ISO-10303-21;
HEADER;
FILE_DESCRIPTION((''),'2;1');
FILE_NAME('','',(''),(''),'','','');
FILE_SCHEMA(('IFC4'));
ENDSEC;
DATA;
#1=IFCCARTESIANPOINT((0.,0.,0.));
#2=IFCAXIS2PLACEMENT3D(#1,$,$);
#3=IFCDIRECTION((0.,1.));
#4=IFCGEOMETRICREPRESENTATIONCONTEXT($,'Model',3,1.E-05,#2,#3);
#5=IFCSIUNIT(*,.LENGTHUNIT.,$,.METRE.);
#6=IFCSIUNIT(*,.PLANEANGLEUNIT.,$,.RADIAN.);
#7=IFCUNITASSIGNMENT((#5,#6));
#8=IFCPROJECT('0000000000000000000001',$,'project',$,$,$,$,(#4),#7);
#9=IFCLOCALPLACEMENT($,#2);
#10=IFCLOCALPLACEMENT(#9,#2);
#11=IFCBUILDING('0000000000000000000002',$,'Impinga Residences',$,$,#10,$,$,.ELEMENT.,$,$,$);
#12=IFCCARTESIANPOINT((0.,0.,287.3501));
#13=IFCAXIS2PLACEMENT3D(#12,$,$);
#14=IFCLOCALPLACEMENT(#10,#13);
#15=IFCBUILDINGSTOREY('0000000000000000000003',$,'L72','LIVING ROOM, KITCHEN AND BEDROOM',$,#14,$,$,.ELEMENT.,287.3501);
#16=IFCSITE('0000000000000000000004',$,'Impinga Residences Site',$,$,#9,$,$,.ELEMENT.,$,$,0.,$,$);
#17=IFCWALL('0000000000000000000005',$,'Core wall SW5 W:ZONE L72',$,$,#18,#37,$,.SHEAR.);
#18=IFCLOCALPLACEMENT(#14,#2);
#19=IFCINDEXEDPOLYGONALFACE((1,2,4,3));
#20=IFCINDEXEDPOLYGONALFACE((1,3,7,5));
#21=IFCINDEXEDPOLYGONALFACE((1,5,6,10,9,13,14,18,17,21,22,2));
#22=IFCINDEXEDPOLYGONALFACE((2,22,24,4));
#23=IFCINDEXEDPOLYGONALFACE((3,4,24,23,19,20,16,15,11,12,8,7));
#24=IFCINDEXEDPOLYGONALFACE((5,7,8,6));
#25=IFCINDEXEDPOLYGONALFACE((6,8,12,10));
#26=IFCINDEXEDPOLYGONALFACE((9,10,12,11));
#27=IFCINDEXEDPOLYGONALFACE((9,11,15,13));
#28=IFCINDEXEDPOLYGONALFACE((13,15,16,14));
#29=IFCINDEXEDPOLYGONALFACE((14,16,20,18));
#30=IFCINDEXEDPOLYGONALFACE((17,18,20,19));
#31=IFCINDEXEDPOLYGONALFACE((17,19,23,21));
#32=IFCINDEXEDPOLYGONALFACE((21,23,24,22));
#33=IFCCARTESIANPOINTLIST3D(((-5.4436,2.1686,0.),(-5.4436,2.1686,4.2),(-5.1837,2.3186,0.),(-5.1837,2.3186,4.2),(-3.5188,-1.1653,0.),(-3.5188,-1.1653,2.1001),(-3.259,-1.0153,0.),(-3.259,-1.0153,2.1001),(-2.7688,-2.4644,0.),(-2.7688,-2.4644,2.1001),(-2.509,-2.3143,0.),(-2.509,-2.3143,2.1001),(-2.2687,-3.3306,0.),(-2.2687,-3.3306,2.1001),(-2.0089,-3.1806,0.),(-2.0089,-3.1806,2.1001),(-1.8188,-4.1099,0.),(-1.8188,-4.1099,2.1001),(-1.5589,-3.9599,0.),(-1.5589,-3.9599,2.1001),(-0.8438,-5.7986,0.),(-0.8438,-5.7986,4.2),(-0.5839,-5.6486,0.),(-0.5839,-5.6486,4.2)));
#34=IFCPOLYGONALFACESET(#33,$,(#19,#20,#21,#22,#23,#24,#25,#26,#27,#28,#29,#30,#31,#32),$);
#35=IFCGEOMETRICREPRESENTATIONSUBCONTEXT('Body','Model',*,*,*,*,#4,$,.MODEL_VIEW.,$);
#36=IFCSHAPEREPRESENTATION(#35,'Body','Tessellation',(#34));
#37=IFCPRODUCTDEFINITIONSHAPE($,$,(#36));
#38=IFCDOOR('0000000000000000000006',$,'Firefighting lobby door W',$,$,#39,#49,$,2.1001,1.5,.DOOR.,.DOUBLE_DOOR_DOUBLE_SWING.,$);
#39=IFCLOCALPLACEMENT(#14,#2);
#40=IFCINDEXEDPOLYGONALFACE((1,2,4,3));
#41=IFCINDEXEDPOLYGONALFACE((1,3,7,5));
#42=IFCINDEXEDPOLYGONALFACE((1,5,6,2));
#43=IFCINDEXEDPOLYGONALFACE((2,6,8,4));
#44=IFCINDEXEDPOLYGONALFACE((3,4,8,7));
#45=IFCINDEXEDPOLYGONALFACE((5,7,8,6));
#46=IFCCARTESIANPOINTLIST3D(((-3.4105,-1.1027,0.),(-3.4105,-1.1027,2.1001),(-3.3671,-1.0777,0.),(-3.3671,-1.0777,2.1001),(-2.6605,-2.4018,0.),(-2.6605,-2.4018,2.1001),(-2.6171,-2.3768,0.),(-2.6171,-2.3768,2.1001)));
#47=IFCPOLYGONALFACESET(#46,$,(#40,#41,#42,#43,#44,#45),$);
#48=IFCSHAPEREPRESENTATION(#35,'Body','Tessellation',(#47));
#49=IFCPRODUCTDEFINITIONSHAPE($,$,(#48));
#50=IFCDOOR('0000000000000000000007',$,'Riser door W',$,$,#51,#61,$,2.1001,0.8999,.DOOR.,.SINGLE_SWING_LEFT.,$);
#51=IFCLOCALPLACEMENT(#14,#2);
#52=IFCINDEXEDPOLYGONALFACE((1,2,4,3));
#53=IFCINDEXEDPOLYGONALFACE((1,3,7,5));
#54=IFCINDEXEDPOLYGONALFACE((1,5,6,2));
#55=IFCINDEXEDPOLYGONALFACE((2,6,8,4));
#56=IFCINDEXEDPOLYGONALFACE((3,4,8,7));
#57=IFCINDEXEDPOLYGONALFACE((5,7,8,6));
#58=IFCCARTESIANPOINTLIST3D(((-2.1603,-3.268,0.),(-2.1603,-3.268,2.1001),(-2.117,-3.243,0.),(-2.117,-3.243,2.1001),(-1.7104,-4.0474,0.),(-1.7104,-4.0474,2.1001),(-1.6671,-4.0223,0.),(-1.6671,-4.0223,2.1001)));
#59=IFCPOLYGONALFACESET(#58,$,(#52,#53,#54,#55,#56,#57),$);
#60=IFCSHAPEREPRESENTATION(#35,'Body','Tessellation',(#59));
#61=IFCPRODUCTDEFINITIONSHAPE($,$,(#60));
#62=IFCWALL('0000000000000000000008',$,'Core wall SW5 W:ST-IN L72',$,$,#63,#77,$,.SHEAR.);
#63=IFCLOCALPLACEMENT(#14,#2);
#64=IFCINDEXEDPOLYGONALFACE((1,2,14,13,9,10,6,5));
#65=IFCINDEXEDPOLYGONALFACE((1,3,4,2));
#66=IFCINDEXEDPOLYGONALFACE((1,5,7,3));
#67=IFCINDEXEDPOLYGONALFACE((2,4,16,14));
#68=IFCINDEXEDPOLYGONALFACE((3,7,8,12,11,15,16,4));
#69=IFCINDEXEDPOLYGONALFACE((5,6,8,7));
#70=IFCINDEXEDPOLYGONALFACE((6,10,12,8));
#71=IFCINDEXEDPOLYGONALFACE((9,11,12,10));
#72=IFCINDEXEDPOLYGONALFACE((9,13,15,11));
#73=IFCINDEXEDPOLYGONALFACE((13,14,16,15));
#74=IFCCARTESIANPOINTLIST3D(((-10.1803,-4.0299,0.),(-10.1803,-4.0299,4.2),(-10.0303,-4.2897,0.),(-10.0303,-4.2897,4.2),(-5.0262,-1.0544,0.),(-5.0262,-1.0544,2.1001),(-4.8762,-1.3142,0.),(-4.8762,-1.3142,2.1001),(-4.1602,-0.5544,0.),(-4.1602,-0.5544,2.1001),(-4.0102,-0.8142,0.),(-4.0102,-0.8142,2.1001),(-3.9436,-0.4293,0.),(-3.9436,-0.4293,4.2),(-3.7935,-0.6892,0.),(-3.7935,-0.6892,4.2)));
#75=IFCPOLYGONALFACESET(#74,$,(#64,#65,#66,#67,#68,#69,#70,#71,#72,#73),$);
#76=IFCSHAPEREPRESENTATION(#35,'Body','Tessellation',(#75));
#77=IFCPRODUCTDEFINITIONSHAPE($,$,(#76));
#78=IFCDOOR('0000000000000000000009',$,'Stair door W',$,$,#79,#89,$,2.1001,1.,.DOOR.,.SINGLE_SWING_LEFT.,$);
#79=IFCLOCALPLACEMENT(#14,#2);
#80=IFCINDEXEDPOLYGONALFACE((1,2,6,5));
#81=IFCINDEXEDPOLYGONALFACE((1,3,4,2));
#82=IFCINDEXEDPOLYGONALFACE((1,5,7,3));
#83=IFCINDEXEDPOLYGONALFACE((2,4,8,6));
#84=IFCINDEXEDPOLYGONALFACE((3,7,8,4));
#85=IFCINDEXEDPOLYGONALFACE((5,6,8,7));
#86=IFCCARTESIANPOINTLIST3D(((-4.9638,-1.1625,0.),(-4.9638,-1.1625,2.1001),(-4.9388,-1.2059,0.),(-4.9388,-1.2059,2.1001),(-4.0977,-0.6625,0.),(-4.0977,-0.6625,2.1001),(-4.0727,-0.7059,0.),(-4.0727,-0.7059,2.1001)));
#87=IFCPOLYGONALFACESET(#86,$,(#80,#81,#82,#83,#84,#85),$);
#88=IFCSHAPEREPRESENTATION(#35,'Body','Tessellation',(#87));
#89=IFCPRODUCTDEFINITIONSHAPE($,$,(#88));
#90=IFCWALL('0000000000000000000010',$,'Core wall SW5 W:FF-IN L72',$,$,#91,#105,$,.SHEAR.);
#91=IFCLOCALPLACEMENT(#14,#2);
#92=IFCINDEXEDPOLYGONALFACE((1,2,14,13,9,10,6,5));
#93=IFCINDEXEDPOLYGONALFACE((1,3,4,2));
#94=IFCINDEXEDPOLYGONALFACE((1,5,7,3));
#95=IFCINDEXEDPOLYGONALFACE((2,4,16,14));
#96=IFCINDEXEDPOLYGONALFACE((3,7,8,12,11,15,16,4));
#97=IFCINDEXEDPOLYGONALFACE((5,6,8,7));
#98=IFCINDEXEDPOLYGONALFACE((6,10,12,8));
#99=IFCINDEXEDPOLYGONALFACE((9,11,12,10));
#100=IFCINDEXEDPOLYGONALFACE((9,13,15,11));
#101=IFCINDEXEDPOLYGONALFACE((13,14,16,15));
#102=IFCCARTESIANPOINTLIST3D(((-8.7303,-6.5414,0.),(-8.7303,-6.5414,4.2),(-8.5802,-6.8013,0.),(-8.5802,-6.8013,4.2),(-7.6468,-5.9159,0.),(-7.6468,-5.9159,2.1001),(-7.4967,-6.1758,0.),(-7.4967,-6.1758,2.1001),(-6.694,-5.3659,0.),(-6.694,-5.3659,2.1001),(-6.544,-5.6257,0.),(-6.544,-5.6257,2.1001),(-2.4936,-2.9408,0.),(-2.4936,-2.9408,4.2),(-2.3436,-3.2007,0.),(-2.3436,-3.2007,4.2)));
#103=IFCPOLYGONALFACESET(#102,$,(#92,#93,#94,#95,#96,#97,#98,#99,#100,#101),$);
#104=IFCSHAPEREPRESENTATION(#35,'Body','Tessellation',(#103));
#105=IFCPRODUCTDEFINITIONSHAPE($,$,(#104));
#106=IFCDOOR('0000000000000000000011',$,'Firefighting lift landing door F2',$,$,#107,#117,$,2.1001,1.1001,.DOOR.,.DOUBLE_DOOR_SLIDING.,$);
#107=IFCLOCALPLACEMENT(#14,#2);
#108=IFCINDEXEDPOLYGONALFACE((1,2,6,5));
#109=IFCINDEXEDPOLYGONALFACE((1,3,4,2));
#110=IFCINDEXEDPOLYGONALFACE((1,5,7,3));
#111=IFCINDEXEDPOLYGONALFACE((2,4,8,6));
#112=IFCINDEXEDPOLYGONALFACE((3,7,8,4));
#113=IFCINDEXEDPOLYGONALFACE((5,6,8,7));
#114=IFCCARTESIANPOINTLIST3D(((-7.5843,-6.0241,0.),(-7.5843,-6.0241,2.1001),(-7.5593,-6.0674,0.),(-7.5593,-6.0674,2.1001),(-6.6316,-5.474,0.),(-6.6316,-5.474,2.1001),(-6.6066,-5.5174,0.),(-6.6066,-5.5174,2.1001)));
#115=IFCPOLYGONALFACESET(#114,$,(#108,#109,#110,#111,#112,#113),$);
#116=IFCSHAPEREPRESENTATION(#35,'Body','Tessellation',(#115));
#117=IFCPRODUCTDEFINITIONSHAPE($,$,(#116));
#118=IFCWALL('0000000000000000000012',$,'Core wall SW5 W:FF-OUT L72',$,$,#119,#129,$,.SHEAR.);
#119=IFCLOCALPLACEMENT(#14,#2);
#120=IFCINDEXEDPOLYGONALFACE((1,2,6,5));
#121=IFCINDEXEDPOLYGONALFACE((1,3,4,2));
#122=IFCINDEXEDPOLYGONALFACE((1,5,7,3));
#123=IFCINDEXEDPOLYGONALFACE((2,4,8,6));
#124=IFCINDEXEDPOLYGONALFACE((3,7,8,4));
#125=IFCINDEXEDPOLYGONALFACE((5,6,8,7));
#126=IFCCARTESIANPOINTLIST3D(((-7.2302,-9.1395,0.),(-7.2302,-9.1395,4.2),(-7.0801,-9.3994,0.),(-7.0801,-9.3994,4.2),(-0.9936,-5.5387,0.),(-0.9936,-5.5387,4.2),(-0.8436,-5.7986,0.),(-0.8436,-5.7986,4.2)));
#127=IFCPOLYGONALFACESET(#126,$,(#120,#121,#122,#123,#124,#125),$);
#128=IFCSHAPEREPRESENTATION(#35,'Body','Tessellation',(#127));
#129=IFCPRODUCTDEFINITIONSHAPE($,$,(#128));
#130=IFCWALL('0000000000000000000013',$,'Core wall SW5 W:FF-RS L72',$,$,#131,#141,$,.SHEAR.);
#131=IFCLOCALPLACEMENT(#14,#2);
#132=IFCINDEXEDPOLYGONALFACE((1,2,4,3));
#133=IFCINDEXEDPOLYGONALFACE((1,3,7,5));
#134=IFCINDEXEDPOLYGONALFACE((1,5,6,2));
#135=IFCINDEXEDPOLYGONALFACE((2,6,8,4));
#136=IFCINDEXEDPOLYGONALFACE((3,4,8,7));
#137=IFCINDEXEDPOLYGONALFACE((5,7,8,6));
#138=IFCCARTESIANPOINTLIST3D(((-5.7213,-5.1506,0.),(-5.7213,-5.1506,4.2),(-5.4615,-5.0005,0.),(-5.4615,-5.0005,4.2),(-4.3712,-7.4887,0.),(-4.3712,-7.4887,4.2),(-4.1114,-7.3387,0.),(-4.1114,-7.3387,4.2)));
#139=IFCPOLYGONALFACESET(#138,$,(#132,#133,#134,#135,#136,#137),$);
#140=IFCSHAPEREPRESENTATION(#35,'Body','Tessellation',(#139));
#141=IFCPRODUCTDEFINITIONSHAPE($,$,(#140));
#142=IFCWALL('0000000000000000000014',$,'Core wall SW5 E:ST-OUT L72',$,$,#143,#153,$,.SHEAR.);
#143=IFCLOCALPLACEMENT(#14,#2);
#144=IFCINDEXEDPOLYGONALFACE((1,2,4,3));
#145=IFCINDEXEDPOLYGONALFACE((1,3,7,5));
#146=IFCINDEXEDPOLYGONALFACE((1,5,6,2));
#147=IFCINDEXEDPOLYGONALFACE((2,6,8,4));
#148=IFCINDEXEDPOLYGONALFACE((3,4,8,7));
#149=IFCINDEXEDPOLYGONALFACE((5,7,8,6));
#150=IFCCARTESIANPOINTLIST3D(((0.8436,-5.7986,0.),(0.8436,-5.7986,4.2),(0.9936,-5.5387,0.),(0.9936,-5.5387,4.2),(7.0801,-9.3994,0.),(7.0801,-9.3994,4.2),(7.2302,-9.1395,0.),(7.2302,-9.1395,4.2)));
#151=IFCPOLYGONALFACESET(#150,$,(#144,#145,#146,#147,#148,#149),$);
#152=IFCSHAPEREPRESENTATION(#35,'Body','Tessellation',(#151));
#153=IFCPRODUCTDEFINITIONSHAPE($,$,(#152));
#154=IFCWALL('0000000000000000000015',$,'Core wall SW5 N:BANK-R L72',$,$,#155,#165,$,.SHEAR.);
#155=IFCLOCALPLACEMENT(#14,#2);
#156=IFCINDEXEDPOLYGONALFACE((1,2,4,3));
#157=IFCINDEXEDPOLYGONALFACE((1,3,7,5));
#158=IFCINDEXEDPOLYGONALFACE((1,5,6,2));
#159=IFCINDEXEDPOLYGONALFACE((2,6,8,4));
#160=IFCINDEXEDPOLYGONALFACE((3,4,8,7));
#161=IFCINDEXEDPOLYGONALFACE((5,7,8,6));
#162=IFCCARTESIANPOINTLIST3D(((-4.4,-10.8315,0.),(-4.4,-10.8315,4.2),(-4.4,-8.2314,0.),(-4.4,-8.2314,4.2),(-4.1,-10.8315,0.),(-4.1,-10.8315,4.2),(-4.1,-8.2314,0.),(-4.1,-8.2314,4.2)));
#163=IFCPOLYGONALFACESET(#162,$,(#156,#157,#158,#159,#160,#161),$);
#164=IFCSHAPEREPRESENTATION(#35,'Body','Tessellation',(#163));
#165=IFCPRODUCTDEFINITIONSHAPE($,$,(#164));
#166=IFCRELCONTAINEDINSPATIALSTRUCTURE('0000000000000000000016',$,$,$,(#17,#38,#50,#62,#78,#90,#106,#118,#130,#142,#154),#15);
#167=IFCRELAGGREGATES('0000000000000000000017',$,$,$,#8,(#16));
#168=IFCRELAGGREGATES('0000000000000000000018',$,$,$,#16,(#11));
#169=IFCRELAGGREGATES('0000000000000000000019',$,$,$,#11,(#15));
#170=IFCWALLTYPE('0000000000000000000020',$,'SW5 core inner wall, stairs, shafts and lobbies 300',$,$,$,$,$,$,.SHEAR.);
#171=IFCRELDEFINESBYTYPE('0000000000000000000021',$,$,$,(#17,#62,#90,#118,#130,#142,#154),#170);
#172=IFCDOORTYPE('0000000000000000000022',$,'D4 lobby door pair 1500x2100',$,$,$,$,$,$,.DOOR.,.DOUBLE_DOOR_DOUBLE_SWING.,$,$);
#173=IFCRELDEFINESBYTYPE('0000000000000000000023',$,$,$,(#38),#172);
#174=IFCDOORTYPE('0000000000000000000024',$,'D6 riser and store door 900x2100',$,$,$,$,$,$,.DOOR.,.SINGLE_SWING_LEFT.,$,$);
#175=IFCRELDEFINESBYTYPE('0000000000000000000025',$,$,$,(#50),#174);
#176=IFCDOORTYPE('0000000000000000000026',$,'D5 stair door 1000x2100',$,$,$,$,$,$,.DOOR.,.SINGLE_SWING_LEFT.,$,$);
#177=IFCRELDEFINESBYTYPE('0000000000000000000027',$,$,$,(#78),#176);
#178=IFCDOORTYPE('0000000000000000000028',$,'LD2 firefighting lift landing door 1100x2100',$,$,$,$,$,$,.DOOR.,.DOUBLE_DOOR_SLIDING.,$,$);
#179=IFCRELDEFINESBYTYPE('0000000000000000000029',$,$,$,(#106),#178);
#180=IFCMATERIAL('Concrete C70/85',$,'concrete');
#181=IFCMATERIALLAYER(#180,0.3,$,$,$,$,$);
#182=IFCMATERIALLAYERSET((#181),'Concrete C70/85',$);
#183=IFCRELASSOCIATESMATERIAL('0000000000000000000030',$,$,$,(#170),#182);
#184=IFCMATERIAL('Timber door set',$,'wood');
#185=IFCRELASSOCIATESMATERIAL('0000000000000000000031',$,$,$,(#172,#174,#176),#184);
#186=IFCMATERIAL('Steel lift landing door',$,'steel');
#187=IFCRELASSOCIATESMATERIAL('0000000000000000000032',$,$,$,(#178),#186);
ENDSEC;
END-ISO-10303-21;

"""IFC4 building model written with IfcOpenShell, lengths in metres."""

from ifc_helpers import new_model, si_unit, direction, frame, frame_2d, origin, place, context, subcontext, project, spatial, rectangle, extrude, material, layer, layer_set, type_object, element, fill, save


model = new_model("IFC4")

# Units and contexts
model_context = context("Model", 3, precision=1e-05, world=origin(), true_north=direction((0.0, 1.0)))
body_context = subcontext(model_context, "Body", "Model", "MODEL_VIEW")
ifc_project = project(units=[si_unit("LENGTHUNIT", "METRE"), si_unit("PLANEANGLEUNIT", "RADIAN")], contexts=[model_context])

# Site, building, storey
site_placement = place(None, origin())
site = spatial("IfcSite", under=ifc_project, at=site_placement, Name="Impinga Residences Site", CompositionType="ELEMENT", RefElevation=0.0)
building_placement = place(site_placement, origin())
building = spatial("IfcBuilding", under=site, at=building_placement, Name="Impinga Residences", CompositionType="ELEMENT")
storey_placement = place(building_placement, frame((0.0, 0.0, 287.3501)))
storey = spatial("IfcBuildingStorey", under=building, at=storey_placement, Name="L72", Description="LIVING ROOM, KITCHEN AND BEDROOM", CompositionType="ELEMENT", Elevation=287.3501)

# Wall, openings, doors
ifc_material_1 = material(Name="Concrete C70/85", Category="concrete")
ifc_layer_1 = layer(ifc_material_1, 0.3)
ifc_layer_set_1 = layer_set([ifc_layer_1], Name="Concrete C70/85")
wall_type_1 = type_object("IfcWallType", Name="SW5 core inner wall, stairs, shafts and lobbies 300", PredefinedType="SHEAR", material=ifc_layer_set_1)
wall_1_placement = place(storey_placement, frame((-0.7139, -5.7236, 0.0), z_axis=(0.0, 0.0, 1.0), x_axis=(-0.499995, 0.866028, 0.0)))
wall_1 = element("IfcWall", 1, at=wall_1_placement, inside=storey, type_object=wall_type_1, Name="Core wall SW5 W:ZONE L72", PredefinedType="SHEAR", context=body_context, shape_type="SweptSolid", body=[
    extrude(rectangle(XDim=9.1997, YDim=0.3, at=frame_2d((4.5999, 0.0))), origin(), (0.0, 0.0, 1.0), 4.2),
])
opening_1_placement = place(wall_1_placement, frame((3.8501, 0.0, 0.0)))
opening_1 = element("IfcOpeningElement", 2, at=opening_1_placement, cuts=wall_1, PredefinedType="OPENING", context=body_context, shape_type="SweptSolid", body=[
    extrude(rectangle(XDim=1.5, YDim=2.1001, at=frame_2d((0.75, 1.05))), frame((0.0, 0.1599, 0.0), z_axis=(0.0, -1.0, 0.0), x_axis=(1.0, 0.0, 0.0)), (0.0, 0.0, 1.0), 0.3201),
])
opening_2_placement = place(wall_1_placement, frame((1.95, 0.0, 0.0)))
opening_2 = element("IfcOpeningElement", 3, at=opening_2_placement, cuts=wall_1, PredefinedType="OPENING", context=body_context, shape_type="SweptSolid", body=[
    extrude(rectangle(XDim=0.8999, YDim=2.1001, at=frame_2d((0.45, 1.05))), frame((0.0, 0.1599, 0.0), z_axis=(0.0, -1.0, 0.0), x_axis=(1.0, 0.0, 0.0)), (0.0, 0.0, 1.0), 0.3201),
])
ifc_material_2 = material(Name="Timber door set", Category="wood")
door_type_1 = type_object("IfcDoorType", Name="D4 lobby door pair 1500x2100", OperationType="DOUBLE_DOOR_DOUBLE_SWING", PredefinedType="DOOR", material=ifc_material_2)
door_1_placement = place(opening_1_placement, origin())
door_1 = element("IfcDoor", 4, at=door_1_placement, inside=storey, type_object=door_type_1, Name="Firefighting lobby door W", OperationType="DOUBLE_DOOR_DOUBLE_SWING", OverallHeight=2.1001, OverallWidth=1.5, PredefinedType="DOOR", context=body_context, shape_type="SweptSolid", body=[
    extrude(rectangle(XDim=1.5, YDim=2.1001, at=frame_2d((0.75, 1.05))), frame((0.0, 0.0249, 0.0), z_axis=(0.0, -1.0, 0.0), x_axis=(1.0, 0.0, 0.0)), (0.0, 0.0, 1.0), 0.05),
])
fill(opening_1, door_1)
door_type_2 = type_object("IfcDoorType", Name="D6 riser and store door 900x2100", OperationType="SINGLE_SWING_LEFT", PredefinedType="DOOR", material=ifc_material_2)
door_2_placement = place(opening_2_placement, origin())
door_2 = element("IfcDoor", 5, at=door_2_placement, inside=storey, type_object=door_type_2, Name="Riser door W", OperationType="SINGLE_SWING_LEFT", OverallHeight=2.1001, OverallWidth=0.8999, PredefinedType="DOOR", context=body_context, shape_type="SweptSolid", body=[
    extrude(rectangle(XDim=0.8999, YDim=2.1001, at=frame_2d((0.45, 1.05))), frame((0.0, 0.0249, 0.0), z_axis=(0.0, -1.0, 0.0), x_axis=(1.0, 0.0, 0.0)), (0.0, 0.0, 1.0), 0.05),
])
fill(opening_2, door_2)

# Walls, openings, doors
wall_2_placement = place(storey_placement, frame((-3.8687, -0.5593, 0.0), z_axis=(0.0, 0.0, 1.0), x_axis=(-0.86604, -0.499975, 0.0)))
wall_2 = element("IfcWall", 6, at=wall_2_placement, inside=storey, type_object=wall_type_1, Name="Core wall SW5 W:ST-IN L72", PredefinedType="SHEAR", context=body_context, shape_type="SweptSolid", body=[
    extrude(rectangle(XDim=7.2014, YDim=0.3, at=frame_2d((3.6006, 0.0))), origin(), (0.0, 0.0, 1.0), 4.2),
])
opening_3_placement = place(wall_2_placement, frame((0.25, 0.0, 0.0)))
opening_3 = element("IfcOpeningElement", 7, at=opening_3_placement, cuts=wall_2, PredefinedType="OPENING", context=body_context, shape_type="SweptSolid", body=[
    extrude(rectangle(XDim=1.0, YDim=2.1001, at=frame_2d((0.5, 1.05))), frame((0.0, 0.1599, 0.0), z_axis=(0.0, -1.0, 0.0), x_axis=(1.0, 0.0, 0.0)), (0.0, 0.0, 1.0), 0.3201),
])
door_type_3 = type_object("IfcDoorType", Name="D5 stair door 1000x2100", OperationType="SINGLE_SWING_LEFT", PredefinedType="DOOR", material=ifc_material_2)
door_3_placement = place(opening_3_placement, origin())
door_3 = element("IfcDoor", 8, at=door_3_placement, inside=storey, type_object=door_type_3, Name="Stair door W", OperationType="SINGLE_SWING_LEFT", OverallHeight=2.1001, OverallWidth=1.0, PredefinedType="DOOR", context=body_context, shape_type="SweptSolid", body=[
    extrude(rectangle(XDim=1.0, YDim=2.1001, at=frame_2d((0.5, 1.05))), frame((0.0, 0.0249, 0.0), z_axis=(0.0, -1.0, 0.0), x_axis=(1.0, 0.0, 0.0)), (0.0, 0.0, 1.0), 0.05),
])
fill(opening_3, door_3)
wall_3_placement = place(storey_placement, frame((-2.4187, -3.0708, 0.0), z_axis=(0.0, 0.0, 1.0), x_axis=(-0.866031, -0.49999, 0.0)))
wall_3 = element("IfcWall", 9, at=wall_3_placement, inside=storey, type_object=wall_type_1, Name="Core wall SW5 W:FF-IN L72", PredefinedType="SHEAR", context=body_context, shape_type="SweptSolid", body=[
    extrude(rectangle(XDim=7.2014, YDim=0.3, at=frame_2d((3.6006, 0.0))), origin(), (0.0, 0.0, 1.0), 4.2),
])
opening_4_placement = place(wall_3_placement, frame((4.8501, 0.0, 0.0)))
opening_4 = element("IfcOpeningElement", 10, at=opening_4_placement, cuts=wall_3, PredefinedType="OPENING", context=body_context, shape_type="SweptSolid", body=[
    extrude(rectangle(XDim=1.1001, YDim=2.1001, at=frame_2d((0.55, 1.05))), frame((0.0, 0.1599, 0.0), z_axis=(0.0, -1.0, 0.0), x_axis=(1.0, 0.0, 0.0)), (0.0, 0.0, 1.0), 0.3201),
])
ifc_material_3 = material(Name="Steel lift landing door", Category="steel")
door_type_4 = type_object("IfcDoorType", Name="LD2 firefighting lift landing door 1100x2100", OperationType="DOUBLE_DOOR_SLIDING", PredefinedType="DOOR", material=ifc_material_3)
door_4_placement = place(opening_4_placement, origin())
door_4 = element("IfcDoor", 11, at=door_4_placement, inside=storey, type_object=door_type_4, Name="Firefighting lift landing door F2", OperationType="DOUBLE_DOOR_SLIDING", OverallHeight=2.1001, OverallWidth=1.1001, PredefinedType="DOOR", context=body_context, shape_type="SweptSolid", body=[
    extrude(rectangle(XDim=1.1001, YDim=2.1001, at=frame_2d((0.55, 1.05))), frame((0.0, 0.0249, 0.0), z_axis=(0.0, -1.0, 0.0), x_axis=(1.0, 0.0, 0.0)), (0.0, 0.0, 1.0), 0.05),
])
fill(opening_4, door_4)

# Walls
wall_4_placement = place(storey_placement, frame((-0.9187, -5.6687, 0.0), z_axis=(0.0, 0.0, 1.0), x_axis=(-0.866017, -0.500015, 0.0)))
element("IfcWall", 12, at=wall_4_placement, inside=storey, type_object=wall_type_1, Name="Core wall SW5 W:FF-OUT L72", PredefinedType="SHEAR", context=body_context, shape_type="SweptSolid", body=[
    extrude(rectangle(XDim=7.2014, YDim=0.3, at=frame_2d((3.6006, 0.0))), origin(), (0.0, 0.0, 1.0), 4.2),
])
wall_5_placement = place(storey_placement, frame((-4.2412, -7.4138, 0.0), z_axis=(0.0, 0.0, 1.0), x_axis=(-0.500049, 0.865997, 0.0)))
element("IfcWall", 13, at=wall_5_placement, inside=storey, type_object=wall_type_1, Name="Core wall SW5 W:FF-RS L72", PredefinedType="SHEAR", context=body_context, shape_type="SweptSolid", body=[
    extrude(rectangle(XDim=2.7, YDim=0.3, at=frame_2d((1.3501, 0.0))), origin(), (0.0, 0.0, 1.0), 4.2),
])
wall_6_placement = place(storey_placement, frame((0.9187, -5.6687, 0.0), z_axis=(0.0, 0.0, 1.0), x_axis=(0.866017, -0.500015, 0.0)))
element("IfcWall", 14, at=wall_6_placement, inside=storey, type_object=wall_type_1, Name="Core wall SW5 E:ST-OUT L72", PredefinedType="SHEAR", context=body_context, shape_type="SweptSolid", body=[
    extrude(rectangle(XDim=7.2014, YDim=0.3, at=frame_2d((3.6006, 0.0))), origin(), (0.0, 0.0, 1.0), 4.2),
])
wall_7_placement = place(storey_placement, frame((-4.25, -8.2314, 0.0), z_axis=(0.0, 0.0, 1.0), x_axis=(0.0, -1.0, 0.0)))
element("IfcWall", 15, at=wall_7_placement, inside=storey, type_object=wall_type_1, Name="Core wall SW5 N:BANK-R L72", PredefinedType="SHEAR", context=body_context, shape_type="SweptSolid", body=[
    extrude(rectangle(XDim=2.6001, YDim=0.3, at=frame_2d((1.3, 0.0))), origin(), (0.0, 0.0, 1.0), 4.2),
])

save(model, "model.ifc")
